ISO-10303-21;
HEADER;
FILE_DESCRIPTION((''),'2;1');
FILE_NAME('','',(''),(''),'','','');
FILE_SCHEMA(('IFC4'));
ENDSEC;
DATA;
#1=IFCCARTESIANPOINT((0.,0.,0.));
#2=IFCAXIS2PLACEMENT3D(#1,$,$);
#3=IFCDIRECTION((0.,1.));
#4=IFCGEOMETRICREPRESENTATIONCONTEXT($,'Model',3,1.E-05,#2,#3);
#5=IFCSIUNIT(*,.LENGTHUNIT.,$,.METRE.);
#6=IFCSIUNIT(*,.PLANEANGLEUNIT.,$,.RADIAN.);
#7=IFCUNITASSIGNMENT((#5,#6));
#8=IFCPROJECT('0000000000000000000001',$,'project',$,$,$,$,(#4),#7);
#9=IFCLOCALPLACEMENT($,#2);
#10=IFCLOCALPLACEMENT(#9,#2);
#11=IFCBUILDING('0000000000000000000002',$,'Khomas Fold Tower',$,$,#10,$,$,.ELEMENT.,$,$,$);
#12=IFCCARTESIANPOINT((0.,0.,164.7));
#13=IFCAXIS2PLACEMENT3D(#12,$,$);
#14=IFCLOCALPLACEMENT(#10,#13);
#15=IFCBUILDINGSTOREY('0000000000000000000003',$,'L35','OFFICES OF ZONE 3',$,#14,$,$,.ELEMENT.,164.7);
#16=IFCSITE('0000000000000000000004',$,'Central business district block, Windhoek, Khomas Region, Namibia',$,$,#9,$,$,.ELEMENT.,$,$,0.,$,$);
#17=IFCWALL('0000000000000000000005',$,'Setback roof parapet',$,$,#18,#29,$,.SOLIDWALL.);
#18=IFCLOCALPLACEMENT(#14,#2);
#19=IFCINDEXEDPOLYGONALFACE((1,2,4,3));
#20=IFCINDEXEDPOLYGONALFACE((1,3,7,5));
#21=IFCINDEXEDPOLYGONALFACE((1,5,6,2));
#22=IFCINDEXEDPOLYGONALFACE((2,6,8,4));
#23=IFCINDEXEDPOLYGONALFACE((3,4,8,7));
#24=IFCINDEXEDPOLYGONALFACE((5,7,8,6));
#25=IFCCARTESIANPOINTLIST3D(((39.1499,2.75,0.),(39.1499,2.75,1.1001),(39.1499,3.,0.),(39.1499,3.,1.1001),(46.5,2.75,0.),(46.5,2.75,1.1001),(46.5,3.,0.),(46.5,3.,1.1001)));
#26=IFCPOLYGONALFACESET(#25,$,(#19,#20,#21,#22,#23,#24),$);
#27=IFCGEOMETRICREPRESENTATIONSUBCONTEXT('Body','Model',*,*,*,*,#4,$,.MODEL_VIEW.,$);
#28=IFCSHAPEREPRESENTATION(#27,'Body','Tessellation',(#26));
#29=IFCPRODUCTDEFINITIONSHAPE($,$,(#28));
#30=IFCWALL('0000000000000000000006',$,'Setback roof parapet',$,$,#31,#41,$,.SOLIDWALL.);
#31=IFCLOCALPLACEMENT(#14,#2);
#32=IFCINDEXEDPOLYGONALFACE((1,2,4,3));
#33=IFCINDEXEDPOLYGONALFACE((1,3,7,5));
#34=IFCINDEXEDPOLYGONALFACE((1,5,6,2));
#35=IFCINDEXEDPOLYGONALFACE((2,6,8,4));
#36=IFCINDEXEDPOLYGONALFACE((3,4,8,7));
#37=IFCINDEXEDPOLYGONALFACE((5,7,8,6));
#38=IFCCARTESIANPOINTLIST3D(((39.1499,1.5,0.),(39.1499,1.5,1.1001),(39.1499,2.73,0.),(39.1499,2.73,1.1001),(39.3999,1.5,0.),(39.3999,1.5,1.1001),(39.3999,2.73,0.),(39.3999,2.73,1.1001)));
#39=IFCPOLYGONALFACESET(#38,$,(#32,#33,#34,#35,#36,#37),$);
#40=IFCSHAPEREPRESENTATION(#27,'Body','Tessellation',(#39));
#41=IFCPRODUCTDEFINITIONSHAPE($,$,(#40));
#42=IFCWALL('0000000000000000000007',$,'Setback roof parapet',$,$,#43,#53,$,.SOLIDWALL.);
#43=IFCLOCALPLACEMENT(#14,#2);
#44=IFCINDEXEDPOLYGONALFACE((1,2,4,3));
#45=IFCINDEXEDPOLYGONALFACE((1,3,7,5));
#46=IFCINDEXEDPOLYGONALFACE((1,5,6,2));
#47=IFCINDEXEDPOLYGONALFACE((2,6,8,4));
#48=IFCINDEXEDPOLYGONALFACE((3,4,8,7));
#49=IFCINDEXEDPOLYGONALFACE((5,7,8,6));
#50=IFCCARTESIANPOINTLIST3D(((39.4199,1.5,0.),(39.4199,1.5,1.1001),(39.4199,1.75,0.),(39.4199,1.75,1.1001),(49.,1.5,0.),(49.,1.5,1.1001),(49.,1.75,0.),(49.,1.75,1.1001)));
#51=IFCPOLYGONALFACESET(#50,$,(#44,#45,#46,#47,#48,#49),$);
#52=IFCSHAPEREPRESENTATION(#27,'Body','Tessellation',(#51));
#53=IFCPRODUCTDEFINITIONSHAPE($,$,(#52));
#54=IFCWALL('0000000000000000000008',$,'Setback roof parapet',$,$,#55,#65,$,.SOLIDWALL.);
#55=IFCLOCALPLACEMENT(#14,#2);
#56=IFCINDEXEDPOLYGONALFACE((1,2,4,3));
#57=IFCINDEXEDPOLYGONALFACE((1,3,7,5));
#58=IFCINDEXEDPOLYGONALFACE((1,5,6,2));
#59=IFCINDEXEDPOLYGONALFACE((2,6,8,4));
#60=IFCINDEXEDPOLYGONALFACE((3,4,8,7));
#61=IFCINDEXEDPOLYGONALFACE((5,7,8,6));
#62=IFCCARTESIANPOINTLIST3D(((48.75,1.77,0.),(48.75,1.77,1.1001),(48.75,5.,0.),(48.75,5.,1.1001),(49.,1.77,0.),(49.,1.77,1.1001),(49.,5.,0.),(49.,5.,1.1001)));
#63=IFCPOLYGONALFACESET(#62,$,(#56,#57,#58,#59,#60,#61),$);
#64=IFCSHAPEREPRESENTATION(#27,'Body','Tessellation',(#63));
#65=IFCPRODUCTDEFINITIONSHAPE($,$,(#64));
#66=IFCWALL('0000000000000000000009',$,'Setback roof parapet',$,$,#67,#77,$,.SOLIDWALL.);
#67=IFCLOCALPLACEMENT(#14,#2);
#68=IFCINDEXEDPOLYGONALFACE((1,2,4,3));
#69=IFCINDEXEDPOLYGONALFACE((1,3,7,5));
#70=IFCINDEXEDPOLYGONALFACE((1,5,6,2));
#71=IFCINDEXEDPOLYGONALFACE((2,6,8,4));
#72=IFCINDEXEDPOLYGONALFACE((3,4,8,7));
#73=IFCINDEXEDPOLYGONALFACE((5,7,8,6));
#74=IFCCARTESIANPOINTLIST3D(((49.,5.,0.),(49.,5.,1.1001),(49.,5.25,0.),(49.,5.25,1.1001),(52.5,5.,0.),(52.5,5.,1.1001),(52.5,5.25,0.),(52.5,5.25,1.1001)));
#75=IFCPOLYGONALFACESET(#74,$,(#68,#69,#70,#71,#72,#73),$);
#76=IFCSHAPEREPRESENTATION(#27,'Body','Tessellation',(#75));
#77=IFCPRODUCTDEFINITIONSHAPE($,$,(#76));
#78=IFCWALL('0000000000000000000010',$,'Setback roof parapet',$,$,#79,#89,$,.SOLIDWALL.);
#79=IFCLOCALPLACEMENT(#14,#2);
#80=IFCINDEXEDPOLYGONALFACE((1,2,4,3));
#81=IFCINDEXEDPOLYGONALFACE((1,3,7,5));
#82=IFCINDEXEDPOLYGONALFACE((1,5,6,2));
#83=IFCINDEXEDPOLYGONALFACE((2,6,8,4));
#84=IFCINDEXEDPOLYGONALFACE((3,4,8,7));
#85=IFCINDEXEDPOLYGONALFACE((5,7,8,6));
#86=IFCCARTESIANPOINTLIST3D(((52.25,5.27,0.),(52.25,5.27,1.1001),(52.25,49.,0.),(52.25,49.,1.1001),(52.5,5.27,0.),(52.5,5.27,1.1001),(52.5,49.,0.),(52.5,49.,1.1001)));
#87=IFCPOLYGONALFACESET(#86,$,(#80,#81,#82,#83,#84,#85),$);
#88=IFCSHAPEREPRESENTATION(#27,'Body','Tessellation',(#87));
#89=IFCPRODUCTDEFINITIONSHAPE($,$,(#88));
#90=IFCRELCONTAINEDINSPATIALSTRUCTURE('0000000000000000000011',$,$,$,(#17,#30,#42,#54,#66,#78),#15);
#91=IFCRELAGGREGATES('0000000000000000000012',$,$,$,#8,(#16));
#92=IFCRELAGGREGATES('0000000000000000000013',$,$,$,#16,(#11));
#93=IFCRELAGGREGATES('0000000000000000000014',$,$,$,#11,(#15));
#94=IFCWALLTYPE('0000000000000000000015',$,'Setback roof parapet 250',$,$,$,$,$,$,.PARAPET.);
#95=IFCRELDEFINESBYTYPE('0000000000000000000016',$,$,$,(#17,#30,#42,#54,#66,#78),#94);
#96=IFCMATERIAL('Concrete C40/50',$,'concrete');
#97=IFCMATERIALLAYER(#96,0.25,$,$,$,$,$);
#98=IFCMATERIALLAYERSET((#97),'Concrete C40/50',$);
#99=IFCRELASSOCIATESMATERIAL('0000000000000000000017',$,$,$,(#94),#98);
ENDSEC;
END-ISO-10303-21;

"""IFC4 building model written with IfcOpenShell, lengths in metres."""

from ifc_helpers import new_model, si_unit, direction, frame, frame_2d, origin, place, context, subcontext, project, spatial, rectangle, extrude, source, transform, mapped, material, layer, layer_set, type_object, element, save


model = new_model("IFC4")

# Units and contexts
model_context = context("Model", 3, precision=1e-05, world=origin(), true_north=direction((0.0, 1.0)))
body_context = subcontext(model_context, "Body", "Model", "MODEL_VIEW")
ifc_project = project(units=[si_unit("LENGTHUNIT", "METRE"), si_unit("PLANEANGLEUNIT", "RADIAN")], contexts=[model_context])

# Site, building, storey
site_placement = place(None, origin())
site = spatial("IfcSite", under=ifc_project, at=site_placement, Name="Central business district block, Windhoek, Khomas Region, Namibia", CompositionType="ELEMENT", RefElevation=0.0)
building_placement = place(site_placement, origin())
building = spatial("IfcBuilding", under=site, at=building_placement, Name="Khomas Fold Tower", CompositionType="ELEMENT")
storey_placement = place(building_placement, frame((0.0, 0.0, 164.7)))
storey = spatial("IfcBuildingStorey", under=building, at=storey_placement, Name="L35", Description="OFFICES OF ZONE 3", CompositionType="ELEMENT", Elevation=164.7)

# Walls
ifc_material_1 = material(Name="Concrete C40/50", Category="concrete")
ifc_layer_1 = layer(ifc_material_1, 0.25)
ifc_layer_set_1 = layer_set([ifc_layer_1], Name="Concrete C40/50")
wall_type = type_object("IfcWallType", Name="Setback roof parapet 250", PredefinedType="PARAPET", material=ifc_layer_set_1)
shared_shape_1 = source(origin(), body_context, "Body", "SweptSolid", [
    extrude(rectangle(XDim=7.3501, YDim=0.25, at=frame_2d((3.675, 0.0))), origin(), (0.0, 0.0, 1.0), 1.1001),
])
wall_1_placement = place(storey_placement, frame((46.5, 2.875, 0.0), z_axis=(0.0, 0.0, 1.0), x_axis=(-1.0, 0.0, 0.0)))
element("IfcWall", 1, at=wall_1_placement, inside=storey, type_object=wall_type, Name="Setback roof parapet", PredefinedType="SOLIDWALL", context=body_context, shape_type="MappedRepresentation", body=[
    mapped(shared_shape_1, transform((0.0, 0.0, 0.0))),
])
shared_shape_2 = source(origin(), body_context, "Body", "SweptSolid", [
    extrude(rectangle(XDim=1.23, YDim=0.25, at=frame_2d((0.615, 0.0))), origin(), (0.0, 0.0, 1.0), 1.1001),
])
wall_2_placement = place(storey_placement, frame((39.2749, 2.73, 0.0), z_axis=(0.0, 0.0, 1.0), x_axis=(0.0, -1.0, 0.0)))
element("IfcWall", 2, at=wall_2_placement, inside=storey, type_object=wall_type, Name="Setback roof parapet", PredefinedType="SOLIDWALL", context=body_context, shape_type="MappedRepresentation", body=[
    mapped(shared_shape_2, transform((0.0, 0.0, 0.0))),
])
shared_shape_3 = source(origin(), body_context, "Body", "SweptSolid", [
    extrude(rectangle(XDim=9.5801, YDim=0.25, at=frame_2d((4.79, 0.0))), origin(), (0.0, 0.0, 1.0), 1.1001),
])
wall_3_placement = place(storey_placement, frame((39.4199, 1.625, 0.0), z_axis=(0.0, 0.0, 1.0), x_axis=(1.0, 0.0, 0.0)))
element("IfcWall", 3, at=wall_3_placement, inside=storey, type_object=wall_type, Name="Setback roof parapet", PredefinedType="SOLIDWALL", context=body_context, shape_type="MappedRepresentation", body=[
    mapped(shared_shape_3, transform((0.0, 0.0, 0.0))),
])
shared_shape_4 = source(origin(), body_context, "Body", "SweptSolid", [
    extrude(rectangle(XDim=3.23, YDim=0.25, at=frame_2d((1.615, 0.0))), origin(), (0.0, 0.0, 1.0), 1.1001),
])
wall_4_placement = place(storey_placement, frame((48.875, 1.77, 0.0), z_axis=(0.0, 0.0, 1.0), x_axis=(0.0, 1.0, 0.0)))
element("IfcWall", 4, at=wall_4_placement, inside=storey, type_object=wall_type, Name="Setback roof parapet", PredefinedType="SOLIDWALL", context=body_context, shape_type="MappedRepresentation", body=[
    mapped(shared_shape_4, transform((0.0, 0.0, 0.0))),
])
shared_shape_5 = source(origin(), body_context, "Body", "SweptSolid", [
    extrude(rectangle(XDim=3.5, YDim=0.25, at=frame_2d((1.75, 0.0))), origin(), (0.0, 0.0, 1.0), 1.1001),
])
wall_5_placement = place(storey_placement, frame((49.0, 5.125, 0.0), z_axis=(0.0, 0.0, 1.0), x_axis=(1.0, 0.0, 0.0)))
element("IfcWall", 5, at=wall_5_placement, inside=storey, type_object=wall_type, Name="Setback roof parapet", PredefinedType="SOLIDWALL", context=body_context, shape_type="MappedRepresentation", body=[
    mapped(shared_shape_5, transform((0.0, 0.0, 0.0))),
])
shared_shape_6 = source(origin(), body_context, "Body", "SweptSolid", [
    extrude(rectangle(XDim=43.73, YDim=0.25, at=frame_2d((21.865, 0.0))), origin(), (0.0, 0.0, 1.0), 1.1001),
])
wall_6_placement = place(storey_placement, frame((52.375, 5.27, 0.0), z_axis=(0.0, 0.0, 1.0), x_axis=(0.0, 1.0, 0.0)))
element("IfcWall", 6, at=wall_6_placement, inside=storey, type_object=wall_type, Name="Setback roof parapet", PredefinedType="SOLIDWALL", context=body_context, shape_type="MappedRepresentation", body=[
    mapped(shared_shape_6, transform((0.0, 0.0, 0.0))),
])

save(model, "model.ifc")
